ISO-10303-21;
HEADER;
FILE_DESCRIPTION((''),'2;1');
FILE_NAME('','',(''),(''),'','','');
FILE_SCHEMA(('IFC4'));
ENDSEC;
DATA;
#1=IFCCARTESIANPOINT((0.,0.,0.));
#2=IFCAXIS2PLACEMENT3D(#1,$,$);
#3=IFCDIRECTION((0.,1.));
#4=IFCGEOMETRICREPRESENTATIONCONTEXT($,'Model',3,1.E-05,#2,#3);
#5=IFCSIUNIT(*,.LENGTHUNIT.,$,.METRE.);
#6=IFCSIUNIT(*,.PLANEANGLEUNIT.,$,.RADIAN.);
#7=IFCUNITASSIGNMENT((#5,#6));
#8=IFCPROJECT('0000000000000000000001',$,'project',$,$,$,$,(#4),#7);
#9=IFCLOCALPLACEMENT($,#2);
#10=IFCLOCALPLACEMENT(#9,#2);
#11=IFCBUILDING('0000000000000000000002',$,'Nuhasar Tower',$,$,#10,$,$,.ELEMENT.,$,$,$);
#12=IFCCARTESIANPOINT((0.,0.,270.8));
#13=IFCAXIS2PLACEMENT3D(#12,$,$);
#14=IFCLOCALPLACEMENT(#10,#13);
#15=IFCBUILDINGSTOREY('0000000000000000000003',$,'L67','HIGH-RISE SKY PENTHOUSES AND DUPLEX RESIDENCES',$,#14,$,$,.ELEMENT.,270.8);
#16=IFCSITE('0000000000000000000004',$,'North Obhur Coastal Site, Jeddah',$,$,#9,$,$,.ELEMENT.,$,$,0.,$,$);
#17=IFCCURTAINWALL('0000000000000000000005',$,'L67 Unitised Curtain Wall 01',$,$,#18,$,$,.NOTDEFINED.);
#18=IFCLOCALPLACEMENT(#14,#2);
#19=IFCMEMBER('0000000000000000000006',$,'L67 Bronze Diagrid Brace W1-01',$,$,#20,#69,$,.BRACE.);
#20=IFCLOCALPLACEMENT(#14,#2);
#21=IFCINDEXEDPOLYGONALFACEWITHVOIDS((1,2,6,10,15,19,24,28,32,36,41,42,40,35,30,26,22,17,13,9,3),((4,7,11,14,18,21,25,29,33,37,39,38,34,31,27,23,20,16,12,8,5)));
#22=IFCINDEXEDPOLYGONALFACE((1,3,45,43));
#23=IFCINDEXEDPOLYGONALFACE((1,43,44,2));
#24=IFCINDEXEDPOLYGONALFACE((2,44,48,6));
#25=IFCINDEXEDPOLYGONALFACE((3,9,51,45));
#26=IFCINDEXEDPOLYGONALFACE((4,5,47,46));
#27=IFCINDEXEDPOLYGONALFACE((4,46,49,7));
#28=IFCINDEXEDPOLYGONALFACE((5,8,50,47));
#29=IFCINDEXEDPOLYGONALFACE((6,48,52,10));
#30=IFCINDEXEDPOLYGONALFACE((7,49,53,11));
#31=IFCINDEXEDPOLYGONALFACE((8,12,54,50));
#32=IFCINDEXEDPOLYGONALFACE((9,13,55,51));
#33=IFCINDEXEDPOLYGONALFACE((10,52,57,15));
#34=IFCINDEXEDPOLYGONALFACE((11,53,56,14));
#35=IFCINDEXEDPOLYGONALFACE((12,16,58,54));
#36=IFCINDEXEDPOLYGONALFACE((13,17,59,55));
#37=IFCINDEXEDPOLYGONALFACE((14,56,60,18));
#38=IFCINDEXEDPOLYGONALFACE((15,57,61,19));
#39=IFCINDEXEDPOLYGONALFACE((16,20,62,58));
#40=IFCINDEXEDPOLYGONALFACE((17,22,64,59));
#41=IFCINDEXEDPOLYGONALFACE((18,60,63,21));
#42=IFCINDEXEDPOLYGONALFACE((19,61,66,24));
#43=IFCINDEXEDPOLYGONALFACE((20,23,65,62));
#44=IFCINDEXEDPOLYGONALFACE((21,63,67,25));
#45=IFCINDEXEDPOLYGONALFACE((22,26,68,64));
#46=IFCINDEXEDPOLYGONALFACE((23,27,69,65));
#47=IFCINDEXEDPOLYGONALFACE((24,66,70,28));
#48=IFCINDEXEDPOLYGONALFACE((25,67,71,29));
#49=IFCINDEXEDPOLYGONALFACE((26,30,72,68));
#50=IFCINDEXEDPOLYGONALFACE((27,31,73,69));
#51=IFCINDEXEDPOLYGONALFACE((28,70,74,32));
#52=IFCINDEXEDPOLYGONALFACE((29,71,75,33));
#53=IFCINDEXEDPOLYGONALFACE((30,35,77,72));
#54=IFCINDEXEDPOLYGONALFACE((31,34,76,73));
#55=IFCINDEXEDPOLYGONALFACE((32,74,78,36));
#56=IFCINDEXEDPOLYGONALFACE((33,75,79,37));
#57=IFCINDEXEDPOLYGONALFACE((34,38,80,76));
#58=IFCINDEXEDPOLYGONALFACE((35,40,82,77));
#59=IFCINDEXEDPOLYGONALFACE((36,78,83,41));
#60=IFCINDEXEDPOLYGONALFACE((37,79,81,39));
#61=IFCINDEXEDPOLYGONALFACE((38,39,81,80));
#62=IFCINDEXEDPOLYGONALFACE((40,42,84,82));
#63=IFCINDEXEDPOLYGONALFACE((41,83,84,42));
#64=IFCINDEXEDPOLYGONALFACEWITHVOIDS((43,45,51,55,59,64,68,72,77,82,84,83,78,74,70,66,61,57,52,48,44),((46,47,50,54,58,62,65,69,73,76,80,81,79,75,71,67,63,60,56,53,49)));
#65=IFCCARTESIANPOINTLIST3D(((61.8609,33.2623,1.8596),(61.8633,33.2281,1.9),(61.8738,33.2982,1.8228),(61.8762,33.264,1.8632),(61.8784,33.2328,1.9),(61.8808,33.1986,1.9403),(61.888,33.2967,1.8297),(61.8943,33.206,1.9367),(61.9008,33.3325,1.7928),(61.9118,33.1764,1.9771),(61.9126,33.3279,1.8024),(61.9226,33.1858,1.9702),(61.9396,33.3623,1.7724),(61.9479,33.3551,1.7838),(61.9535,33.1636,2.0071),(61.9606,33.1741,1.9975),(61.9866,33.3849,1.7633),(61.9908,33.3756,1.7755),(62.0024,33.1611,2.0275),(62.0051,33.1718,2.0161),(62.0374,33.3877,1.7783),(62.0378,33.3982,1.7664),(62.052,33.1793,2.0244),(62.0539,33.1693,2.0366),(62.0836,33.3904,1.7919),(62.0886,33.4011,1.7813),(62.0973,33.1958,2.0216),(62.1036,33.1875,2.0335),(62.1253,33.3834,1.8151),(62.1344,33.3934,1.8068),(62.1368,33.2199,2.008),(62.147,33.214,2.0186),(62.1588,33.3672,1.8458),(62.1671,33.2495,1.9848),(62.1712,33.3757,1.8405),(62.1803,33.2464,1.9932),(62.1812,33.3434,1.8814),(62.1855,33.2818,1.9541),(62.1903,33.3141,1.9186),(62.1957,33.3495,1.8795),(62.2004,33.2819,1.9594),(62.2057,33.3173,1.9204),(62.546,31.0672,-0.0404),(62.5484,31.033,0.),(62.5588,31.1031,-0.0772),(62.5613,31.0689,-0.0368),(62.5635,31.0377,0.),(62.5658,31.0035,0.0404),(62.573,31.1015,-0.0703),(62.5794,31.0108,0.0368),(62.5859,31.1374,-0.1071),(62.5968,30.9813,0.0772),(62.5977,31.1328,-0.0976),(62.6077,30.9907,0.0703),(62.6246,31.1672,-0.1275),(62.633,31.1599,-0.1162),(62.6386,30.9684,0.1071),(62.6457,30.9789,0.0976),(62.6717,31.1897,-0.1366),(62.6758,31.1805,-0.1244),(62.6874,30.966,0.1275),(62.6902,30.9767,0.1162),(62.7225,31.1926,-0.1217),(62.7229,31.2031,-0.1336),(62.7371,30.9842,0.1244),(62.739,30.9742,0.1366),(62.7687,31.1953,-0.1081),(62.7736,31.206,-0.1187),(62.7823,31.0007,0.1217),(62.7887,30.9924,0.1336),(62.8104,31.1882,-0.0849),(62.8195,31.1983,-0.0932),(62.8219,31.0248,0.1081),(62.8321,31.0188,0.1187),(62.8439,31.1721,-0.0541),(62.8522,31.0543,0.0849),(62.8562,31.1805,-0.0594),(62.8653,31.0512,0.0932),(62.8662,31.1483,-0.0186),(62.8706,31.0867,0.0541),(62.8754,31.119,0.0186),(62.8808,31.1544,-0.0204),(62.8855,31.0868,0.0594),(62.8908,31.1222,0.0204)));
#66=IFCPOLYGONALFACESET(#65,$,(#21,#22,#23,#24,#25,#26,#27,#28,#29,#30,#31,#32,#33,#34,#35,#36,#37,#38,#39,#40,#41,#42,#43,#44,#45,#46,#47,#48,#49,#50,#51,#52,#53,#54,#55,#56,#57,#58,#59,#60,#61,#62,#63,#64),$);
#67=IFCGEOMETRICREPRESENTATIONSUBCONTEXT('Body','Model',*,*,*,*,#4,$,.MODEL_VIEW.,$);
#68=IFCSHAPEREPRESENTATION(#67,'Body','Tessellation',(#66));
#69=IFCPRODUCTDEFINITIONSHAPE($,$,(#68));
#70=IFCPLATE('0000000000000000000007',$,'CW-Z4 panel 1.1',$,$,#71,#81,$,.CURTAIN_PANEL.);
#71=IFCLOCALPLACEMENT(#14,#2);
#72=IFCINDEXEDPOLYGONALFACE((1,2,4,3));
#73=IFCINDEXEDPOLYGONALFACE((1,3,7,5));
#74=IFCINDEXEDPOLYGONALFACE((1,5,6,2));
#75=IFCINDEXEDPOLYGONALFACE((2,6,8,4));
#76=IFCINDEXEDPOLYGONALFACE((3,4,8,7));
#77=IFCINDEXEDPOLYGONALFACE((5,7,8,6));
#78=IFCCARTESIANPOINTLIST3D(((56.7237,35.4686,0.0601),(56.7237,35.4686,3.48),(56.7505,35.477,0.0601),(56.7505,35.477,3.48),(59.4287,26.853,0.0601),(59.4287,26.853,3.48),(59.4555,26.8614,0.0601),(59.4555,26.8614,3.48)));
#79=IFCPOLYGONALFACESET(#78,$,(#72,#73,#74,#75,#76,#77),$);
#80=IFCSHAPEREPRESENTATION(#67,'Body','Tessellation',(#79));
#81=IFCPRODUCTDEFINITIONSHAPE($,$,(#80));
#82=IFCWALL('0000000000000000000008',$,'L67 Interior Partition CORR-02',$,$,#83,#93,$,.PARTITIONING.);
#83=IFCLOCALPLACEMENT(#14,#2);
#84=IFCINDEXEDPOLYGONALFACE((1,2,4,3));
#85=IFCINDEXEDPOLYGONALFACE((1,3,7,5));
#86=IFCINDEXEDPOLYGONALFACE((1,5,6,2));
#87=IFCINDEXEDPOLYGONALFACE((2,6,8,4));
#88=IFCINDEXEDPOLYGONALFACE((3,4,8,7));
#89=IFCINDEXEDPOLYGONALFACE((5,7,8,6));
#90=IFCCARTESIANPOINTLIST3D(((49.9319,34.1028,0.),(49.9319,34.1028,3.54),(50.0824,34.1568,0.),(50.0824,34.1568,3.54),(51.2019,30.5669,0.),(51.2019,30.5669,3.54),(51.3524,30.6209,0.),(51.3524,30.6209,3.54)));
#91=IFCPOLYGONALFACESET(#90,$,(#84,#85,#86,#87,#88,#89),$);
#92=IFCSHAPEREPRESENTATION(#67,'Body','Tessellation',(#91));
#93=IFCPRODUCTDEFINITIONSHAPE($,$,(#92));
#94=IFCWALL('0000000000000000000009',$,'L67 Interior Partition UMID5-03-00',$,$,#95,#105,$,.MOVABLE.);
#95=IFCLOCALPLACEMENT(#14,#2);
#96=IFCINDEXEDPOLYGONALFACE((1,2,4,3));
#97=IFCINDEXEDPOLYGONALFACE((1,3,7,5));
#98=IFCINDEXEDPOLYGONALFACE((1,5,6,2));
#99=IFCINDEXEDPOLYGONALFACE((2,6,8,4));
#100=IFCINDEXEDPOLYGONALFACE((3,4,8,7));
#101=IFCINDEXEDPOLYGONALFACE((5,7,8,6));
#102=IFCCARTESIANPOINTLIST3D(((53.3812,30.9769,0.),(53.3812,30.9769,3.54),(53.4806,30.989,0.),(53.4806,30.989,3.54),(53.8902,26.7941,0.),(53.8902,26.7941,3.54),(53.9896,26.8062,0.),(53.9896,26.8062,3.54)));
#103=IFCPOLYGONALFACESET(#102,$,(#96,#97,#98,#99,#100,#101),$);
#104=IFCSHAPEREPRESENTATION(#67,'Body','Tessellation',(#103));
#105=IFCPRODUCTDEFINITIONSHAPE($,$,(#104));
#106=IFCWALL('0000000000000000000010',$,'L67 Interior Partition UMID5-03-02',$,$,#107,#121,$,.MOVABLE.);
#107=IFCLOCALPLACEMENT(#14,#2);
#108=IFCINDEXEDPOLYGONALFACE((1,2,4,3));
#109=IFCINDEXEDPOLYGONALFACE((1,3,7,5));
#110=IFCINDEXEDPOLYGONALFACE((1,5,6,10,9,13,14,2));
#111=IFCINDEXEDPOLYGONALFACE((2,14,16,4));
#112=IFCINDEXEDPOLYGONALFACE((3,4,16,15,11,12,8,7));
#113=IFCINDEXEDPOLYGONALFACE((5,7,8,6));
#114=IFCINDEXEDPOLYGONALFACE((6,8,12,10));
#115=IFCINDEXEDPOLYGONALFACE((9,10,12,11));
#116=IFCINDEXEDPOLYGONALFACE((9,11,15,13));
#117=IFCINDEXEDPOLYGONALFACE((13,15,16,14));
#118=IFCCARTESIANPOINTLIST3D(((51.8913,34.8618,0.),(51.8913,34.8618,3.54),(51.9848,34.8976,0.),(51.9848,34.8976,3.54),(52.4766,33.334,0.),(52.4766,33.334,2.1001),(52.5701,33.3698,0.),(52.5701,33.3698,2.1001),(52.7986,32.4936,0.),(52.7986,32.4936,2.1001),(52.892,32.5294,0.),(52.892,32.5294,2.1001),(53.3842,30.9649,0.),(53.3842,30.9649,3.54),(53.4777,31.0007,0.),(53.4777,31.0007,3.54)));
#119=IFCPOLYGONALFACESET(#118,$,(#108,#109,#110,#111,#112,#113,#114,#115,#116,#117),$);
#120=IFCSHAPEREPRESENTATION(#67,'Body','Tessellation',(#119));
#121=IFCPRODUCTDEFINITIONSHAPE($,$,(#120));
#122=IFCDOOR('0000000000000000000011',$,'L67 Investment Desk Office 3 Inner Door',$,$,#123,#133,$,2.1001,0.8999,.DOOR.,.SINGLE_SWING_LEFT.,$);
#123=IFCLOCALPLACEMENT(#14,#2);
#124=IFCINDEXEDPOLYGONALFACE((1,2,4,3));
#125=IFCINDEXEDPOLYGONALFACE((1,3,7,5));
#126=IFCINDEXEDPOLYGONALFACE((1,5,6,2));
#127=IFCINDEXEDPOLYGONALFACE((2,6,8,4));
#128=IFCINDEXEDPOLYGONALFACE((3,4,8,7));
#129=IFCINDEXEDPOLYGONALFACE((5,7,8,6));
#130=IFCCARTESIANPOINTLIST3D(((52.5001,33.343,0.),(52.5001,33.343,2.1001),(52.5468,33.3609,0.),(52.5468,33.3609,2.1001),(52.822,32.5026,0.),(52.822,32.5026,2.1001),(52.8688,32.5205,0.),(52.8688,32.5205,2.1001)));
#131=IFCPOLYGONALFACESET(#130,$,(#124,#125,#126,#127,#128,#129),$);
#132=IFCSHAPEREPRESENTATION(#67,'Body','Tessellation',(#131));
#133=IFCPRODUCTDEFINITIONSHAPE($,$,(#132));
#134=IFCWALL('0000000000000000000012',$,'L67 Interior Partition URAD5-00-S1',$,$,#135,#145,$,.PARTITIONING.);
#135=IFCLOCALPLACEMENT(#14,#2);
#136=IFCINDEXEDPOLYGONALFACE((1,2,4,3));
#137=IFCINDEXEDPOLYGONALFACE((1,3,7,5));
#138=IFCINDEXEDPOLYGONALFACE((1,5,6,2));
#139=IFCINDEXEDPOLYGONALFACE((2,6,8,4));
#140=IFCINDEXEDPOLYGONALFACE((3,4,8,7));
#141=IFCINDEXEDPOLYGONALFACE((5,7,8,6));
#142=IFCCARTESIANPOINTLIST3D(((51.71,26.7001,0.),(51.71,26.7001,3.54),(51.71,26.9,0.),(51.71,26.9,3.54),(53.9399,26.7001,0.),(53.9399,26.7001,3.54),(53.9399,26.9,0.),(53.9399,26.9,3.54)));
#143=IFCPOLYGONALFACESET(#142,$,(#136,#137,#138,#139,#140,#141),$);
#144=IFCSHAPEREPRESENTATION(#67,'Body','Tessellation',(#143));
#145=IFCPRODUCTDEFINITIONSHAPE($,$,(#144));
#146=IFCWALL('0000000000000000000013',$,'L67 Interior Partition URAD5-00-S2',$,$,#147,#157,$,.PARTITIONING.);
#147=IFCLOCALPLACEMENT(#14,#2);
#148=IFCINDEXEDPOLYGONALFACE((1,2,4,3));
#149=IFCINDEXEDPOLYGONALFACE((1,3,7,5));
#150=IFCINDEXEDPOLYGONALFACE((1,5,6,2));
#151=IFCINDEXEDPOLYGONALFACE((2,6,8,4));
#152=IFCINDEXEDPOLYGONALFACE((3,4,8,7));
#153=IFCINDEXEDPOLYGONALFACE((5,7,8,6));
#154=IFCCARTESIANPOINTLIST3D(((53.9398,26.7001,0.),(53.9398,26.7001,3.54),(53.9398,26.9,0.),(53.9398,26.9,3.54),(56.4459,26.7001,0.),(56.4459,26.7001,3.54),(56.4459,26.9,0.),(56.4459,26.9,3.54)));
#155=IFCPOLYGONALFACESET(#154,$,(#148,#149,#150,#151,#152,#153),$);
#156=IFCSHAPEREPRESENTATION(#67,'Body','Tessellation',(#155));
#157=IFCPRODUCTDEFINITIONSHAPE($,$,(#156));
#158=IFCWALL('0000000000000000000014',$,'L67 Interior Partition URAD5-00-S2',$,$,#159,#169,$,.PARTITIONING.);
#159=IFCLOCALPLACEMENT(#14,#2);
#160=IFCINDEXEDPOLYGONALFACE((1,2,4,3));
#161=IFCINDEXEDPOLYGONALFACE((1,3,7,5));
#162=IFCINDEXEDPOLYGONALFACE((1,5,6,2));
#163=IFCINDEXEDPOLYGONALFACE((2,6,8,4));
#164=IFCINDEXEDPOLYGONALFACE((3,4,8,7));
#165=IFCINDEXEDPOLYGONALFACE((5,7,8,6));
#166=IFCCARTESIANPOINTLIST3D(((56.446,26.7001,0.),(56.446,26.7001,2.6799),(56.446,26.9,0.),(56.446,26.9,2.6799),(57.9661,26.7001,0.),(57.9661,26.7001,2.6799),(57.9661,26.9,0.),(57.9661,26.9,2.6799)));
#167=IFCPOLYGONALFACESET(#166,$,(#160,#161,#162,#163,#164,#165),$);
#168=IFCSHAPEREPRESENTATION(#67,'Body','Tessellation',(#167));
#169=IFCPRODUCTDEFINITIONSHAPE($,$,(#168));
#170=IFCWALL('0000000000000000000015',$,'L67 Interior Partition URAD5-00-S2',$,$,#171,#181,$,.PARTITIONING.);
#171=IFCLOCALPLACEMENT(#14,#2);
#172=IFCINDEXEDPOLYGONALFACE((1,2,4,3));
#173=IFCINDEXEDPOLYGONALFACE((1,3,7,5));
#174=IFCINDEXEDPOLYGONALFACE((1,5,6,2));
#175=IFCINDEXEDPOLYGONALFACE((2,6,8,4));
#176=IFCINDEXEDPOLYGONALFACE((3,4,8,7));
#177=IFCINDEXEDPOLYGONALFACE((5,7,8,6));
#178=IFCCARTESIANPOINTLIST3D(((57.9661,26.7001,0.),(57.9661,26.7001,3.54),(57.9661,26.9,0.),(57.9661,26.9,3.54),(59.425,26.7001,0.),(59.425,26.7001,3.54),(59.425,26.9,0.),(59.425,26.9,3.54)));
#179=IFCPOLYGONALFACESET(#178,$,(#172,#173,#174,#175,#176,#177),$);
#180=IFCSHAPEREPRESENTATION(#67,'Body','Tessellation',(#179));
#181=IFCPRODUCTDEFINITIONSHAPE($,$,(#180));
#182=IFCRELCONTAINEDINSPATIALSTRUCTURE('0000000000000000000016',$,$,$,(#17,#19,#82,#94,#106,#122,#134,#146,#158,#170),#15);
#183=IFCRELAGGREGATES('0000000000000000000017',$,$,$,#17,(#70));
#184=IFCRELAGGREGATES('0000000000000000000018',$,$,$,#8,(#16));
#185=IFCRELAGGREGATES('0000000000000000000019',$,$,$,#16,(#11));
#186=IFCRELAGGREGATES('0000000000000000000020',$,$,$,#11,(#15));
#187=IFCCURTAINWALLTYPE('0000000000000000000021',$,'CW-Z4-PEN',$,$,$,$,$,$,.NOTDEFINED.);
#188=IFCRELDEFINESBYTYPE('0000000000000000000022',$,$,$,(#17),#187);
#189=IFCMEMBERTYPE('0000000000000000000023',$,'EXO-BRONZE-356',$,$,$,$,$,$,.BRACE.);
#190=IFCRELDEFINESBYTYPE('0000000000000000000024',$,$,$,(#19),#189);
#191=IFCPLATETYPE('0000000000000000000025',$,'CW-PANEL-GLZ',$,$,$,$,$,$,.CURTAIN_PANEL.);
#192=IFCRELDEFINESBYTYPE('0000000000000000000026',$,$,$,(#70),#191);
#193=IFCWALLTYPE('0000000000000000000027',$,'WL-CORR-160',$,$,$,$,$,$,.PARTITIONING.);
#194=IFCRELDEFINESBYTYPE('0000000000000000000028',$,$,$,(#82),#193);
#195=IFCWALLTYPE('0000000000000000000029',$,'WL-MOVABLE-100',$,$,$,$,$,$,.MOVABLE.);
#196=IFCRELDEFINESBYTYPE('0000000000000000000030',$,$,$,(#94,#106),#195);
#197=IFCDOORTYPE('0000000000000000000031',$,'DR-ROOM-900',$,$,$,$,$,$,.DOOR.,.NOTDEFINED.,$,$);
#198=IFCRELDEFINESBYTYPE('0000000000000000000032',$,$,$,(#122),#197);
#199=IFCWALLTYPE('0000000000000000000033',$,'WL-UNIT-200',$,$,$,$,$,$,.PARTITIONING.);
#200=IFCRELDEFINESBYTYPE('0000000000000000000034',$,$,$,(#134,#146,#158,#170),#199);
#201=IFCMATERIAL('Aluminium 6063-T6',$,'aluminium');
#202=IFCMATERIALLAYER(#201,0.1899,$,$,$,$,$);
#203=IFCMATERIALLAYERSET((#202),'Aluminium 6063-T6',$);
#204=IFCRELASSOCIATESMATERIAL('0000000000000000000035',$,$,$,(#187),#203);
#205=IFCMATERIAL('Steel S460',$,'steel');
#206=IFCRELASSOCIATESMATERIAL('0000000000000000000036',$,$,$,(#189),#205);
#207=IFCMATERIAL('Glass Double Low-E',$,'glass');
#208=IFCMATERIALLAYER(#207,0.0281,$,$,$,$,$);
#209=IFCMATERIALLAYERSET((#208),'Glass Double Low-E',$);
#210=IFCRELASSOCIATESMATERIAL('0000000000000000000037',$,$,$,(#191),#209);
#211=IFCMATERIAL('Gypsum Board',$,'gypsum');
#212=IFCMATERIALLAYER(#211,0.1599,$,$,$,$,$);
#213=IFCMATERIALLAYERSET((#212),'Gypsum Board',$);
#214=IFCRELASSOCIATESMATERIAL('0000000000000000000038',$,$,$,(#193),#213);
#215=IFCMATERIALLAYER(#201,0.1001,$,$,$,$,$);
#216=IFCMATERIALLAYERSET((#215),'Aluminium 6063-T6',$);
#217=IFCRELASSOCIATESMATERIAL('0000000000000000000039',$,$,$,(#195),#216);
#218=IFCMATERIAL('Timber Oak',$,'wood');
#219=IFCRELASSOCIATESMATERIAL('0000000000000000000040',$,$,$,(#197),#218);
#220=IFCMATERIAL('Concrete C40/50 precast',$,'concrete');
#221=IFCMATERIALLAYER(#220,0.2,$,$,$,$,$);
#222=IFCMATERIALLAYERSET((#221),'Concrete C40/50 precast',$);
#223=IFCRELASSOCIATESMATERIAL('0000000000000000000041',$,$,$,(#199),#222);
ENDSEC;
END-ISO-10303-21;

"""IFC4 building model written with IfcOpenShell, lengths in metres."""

from ifc_helpers import new_model, si_unit, direction, frame, frame_2d, origin, origin_2d, place, context, subcontext, project, spatial, rectangle, hollow_circle, extrude, material, layer, layer_set, material_profile, profile_set, type_object, element, fill, aggregate, save


model = new_model("IFC4")

# Units and contexts
model_context = context("Model", 3, precision=1e-05, world=origin(), true_north=direction((0.0, 1.0)))
body_context = subcontext(model_context, "Body", "Model", "MODEL_VIEW")
ifc_project = project(units=[si_unit("LENGTHUNIT", "METRE"), si_unit("PLANEANGLEUNIT", "RADIAN")], contexts=[model_context])

# Site, building, storey
site_placement = place(None, origin())
site = spatial("IfcSite", under=ifc_project, at=site_placement, Name="North Obhur Coastal Site, Jeddah", CompositionType="ELEMENT", RefElevation=0.0)
building_placement = place(site_placement, origin())
building = spatial("IfcBuilding", under=site, at=building_placement, Name="Nuhasar Tower", CompositionType="ELEMENT")
storey_placement = place(building_placement, frame((0.0, 0.0, 270.8)))
storey = spatial("IfcBuildingStorey", under=building, at=storey_placement, Name="L67", Description="HIGH-RISE SKY PENTHOUSES AND DUPLEX RESIDENCES", CompositionType="ELEMENT", Elevation=270.8)

# Curtain wall
ifc_material_1 = material(Name="Aluminium 6063-T6", Category="aluminium")
ifc_layer_1 = layer(ifc_material_1, 0.1899)
ifc_layer_set_1 = layer_set([ifc_layer_1], Name="Aluminium 6063-T6")
curtain_wall_type = type_object("IfcCurtainWallType", Name="CW-Z4-PEN", PredefinedType="NOTDEFINED", material=ifc_layer_set_1)
curtain_wall_1_placement = place(storey_placement, origin())
curtain_wall_1 = element("IfcCurtainWall", 1, at=curtain_wall_1_placement, inside=storey, type_object=curtain_wall_type, Name="L67 Unitised Curtain Wall 01", PredefinedType="NOTDEFINED")

# Member
ifc_material_2 = material(Name="Steel S460", Category="steel")
ifc_material_profile_1 = material_profile(ifc_material_2, hollow_circle(Radius=0.1777, WallThickness=0.0159, at=origin_2d()), Name="HSS355.6X15.9")
ifc_profile_set_1 = profile_set([ifc_material_profile_1], Name="Steel S460")
member_type_1 = type_object("IfcMemberType", Name="EXO-BRONZE-356", PredefinedType="BRACE", material=ifc_profile_set_1)
member_1_placement = place(storey_placement, frame((62.718, 31.0859, 0.0), z_axis=(-0.229668, 0.735902, 0.636947), x_axis=(-0.954591, -0.297918, 0.0)))
element("IfcMember", 2, at=member_1_placement, inside=storey, type_object=member_type_1, Name="L67 Bronze Diagrid Brace W1-01", PredefinedType="BRACE", context=body_context, shape_type="SweptSolid", body=[
    extrude(hollow_circle(Radius=0.1777, WallThickness=0.0159, at=origin_2d()), origin(), (0.0, 0.0, 1.0), 2.9829),
])

# Plate
ifc_material_3 = material(Name="Glass Double Low-E", Category="glass")
ifc_layer_2 = layer(ifc_material_3, 0.0281)
ifc_layer_set_2 = layer_set([ifc_layer_2], Name="Glass Double Low-E")
plate_type = type_object("IfcPlateType", Name="CW-PANEL-GLZ", PredefinedType="CURTAIN_PANEL", material=ifc_layer_set_2)
plate_placement = place(storey_placement, frame((58.0896, 31.165, 0.0601), z_axis=(0.0, 0.0, 1.0), x_axis=(-0.299557, 0.954079, 0.0)))
plate = element("IfcPlate", 3, at=plate_placement, type_object=plate_type, Name="CW-Z4 panel 1.1", PredefinedType="CURTAIN_PANEL", context=body_context, shape_type="SweptSolid", body=[
    extrude(rectangle(XDim=9.0303, YDim=0.0281, at=origin_2d()), origin(), (0.0, 0.0, 1.0), 3.4199),
])
aggregate(curtain_wall_1, [plate])

# Shared definitions
ifc_material_4 = material(Name="Gypsum Board", Category="gypsum")
ifc_layer_3 = layer(ifc_material_4, 0.1599)
ifc_layer_set_3 = layer_set([ifc_layer_3], Name="Gypsum Board")
wall_type_1 = type_object("IfcWallType", Name="WL-CORR-160", PredefinedType="PARTITIONING", material=ifc_layer_set_3)
ifc_material_5 = material(Name="Timber Oak", Category="wood")

# Walls
wall_1_placement = place(storey_placement, frame((51.2771, 30.594, 0.0), z_axis=(0.0, 0.0, 1.0), x_axis=(-0.338036, 0.941133, 0.0)))
element("IfcWall", 4, at=wall_1_placement, inside=storey, type_object=wall_type_1, Name="L67 Interior Partition CORR-02", PredefinedType="PARTITIONING", context=body_context, shape_type="SweptSolid", body=[
    extrude(rectangle(XDim=3.7571, YDim=0.1599, at=frame_2d((1.8784, 0.0))), origin(), (0.0, 0.0, 1.0), 3.54),
])
ifc_layer_4 = layer(ifc_material_1, 0.1001)
ifc_layer_set_4 = layer_set([ifc_layer_4], Name="Aluminium 6063-T6")
wall_type_2 = type_object("IfcWallType", Name="WL-MOVABLE-100", PredefinedType="MOVABLE", material=ifc_layer_set_4)
wall_2_placement = place(storey_placement, frame((53.9399, 26.8, 0.0), z_axis=(0.0, 0.0, 1.0), x_axis=(-0.120804, 0.992676, 0.0)))
element("IfcWall", 5, at=wall_2_placement, inside=storey, type_object=wall_type_2, Name="L67 Interior Partition UMID5-03-00", PredefinedType="MOVABLE", context=body_context, shape_type="SweptSolid", body=[
    extrude(rectangle(XDim=4.2136, YDim=0.1001, at=frame_2d((2.1069, 0.0))), origin(), (0.0, 0.0, 1.0), 3.54),
])

# Wall, opening, door
wall_3_placement = place(storey_placement, frame((53.4309, 30.9829, 0.0), z_axis=(0.0, 0.0, 1.0), x_axis=(-0.357744, 0.93382, 0.0)))
wall_3 = element("IfcWall", 6, at=wall_3_placement, inside=storey, type_object=wall_type_2, Name="L67 Interior Partition UMID5-03-02", PredefinedType="MOVABLE", context=body_context, shape_type="SweptSolid", body=[
    extrude(rectangle(XDim=4.1731, YDim=0.1001, at=frame_2d((2.0864, 0.0))), origin(), (0.0, 0.0, 1.0), 3.54),
])
opening_1_placement = place(wall_3_placement, frame((1.637, 0.0, 0.0)))
opening_1 = element("IfcOpeningElement", 7, at=opening_1_placement, cuts=wall_3, PredefinedType="OPENING", context=body_context, shape_type="SweptSolid", body=[
    extrude(rectangle(XDim=0.8999, YDim=2.1001, at=frame_2d((0.45, 1.05))), frame((0.0, 0.0601, 0.0), z_axis=(0.0, -1.0, 0.0), x_axis=(1.0, 0.0, 0.0)), (0.0, 0.0, 1.0), 0.1201),
])
door_type_1 = type_object("IfcDoorType", Name="DR-ROOM-900", OperationType="NOTDEFINED", PredefinedType="DOOR", material=ifc_material_5)
door_1_placement = place(opening_1_placement, origin())
door_1 = element("IfcDoor", 8, at=door_1_placement, inside=storey, type_object=door_type_1, Name="L67 Investment Desk Office 3 Inner Door", OperationType="SINGLE_SWING_LEFT", OverallHeight=2.1001, OverallWidth=0.8999, PredefinedType="DOOR", context=body_context, shape_type="SweptSolid", body=[
    extrude(rectangle(XDim=0.8999, YDim=2.1001, at=frame_2d((0.45, 1.05))), frame((0.0, 0.0249, 0.0), z_axis=(0.0, -1.0, 0.0), x_axis=(1.0, 0.0, 0.0)), (0.0, 0.0, 1.0), 0.05),
])
fill(opening_1, door_1)

# Walls
ifc_material_6 = material(Name="Concrete C40/50 precast", Category="concrete")
ifc_layer_5 = layer(ifc_material_6, 0.2)
ifc_layer_set_5 = layer_set([ifc_layer_5], Name="Concrete C40/50 precast")
wall_type_3 = type_object("IfcWallType", Name="WL-UNIT-200", PredefinedType="PARTITIONING", material=ifc_layer_set_5)
wall_4_placement = place(storey_placement, frame((51.71, 26.8, 0.0), z_axis=(0.0, 0.0, 1.0), x_axis=(1.0, 0.0, 0.0)))
element("IfcWall", 9, at=wall_4_placement, inside=storey, type_object=wall_type_3, Name="L67 Interior Partition URAD5-00-S1", PredefinedType="PARTITIONING", context=body_context, shape_type="SweptSolid", body=[
    extrude(rectangle(XDim=2.23, YDim=0.2, at=frame_2d((1.115, 0.0))), origin(), (0.0, 0.0, 1.0), 3.54),
])
wall_5_placement = place(storey_placement, frame((53.9399, 26.8, 0.0), z_axis=(0.0, 0.0, 1.0), x_axis=(1.0, 0.0, 0.0)))
element("IfcWall", 10, at=wall_5_placement, inside=storey, type_object=wall_type_3, Name="L67 Interior Partition URAD5-00-S2", PredefinedType="PARTITIONING", context=body_context, shape_type="SweptSolid", body=[
    extrude(rectangle(XDim=2.5061, YDim=0.2, at=frame_2d((1.2529, 0.0))), origin(), (0.0, 0.0, 1.0), 3.54),
])
wall_6_placement = place(storey_placement, frame((56.446, 26.8, 0.0), z_axis=(0.0, 0.0, 1.0), x_axis=(1.0, 0.0, 0.0)))
element("IfcWall", 11, at=wall_6_placement, inside=storey, type_object=wall_type_3, Name="L67 Interior Partition URAD5-00-S2", PredefinedType="PARTITIONING", context=body_context, shape_type="SweptSolid", body=[
    extrude(rectangle(XDim=1.52, YDim=0.2, at=frame_2d((0.76, 0.0))), origin(), (0.0, 0.0, 1.0), 2.6799),
])
wall_7_placement = place(storey_placement, frame((57.9661, 26.8, 0.0), z_axis=(0.0, 0.0, 1.0), x_axis=(1.0, 0.0, 0.0)))
element("IfcWall", 12, at=wall_7_placement, inside=storey, type_object=wall_type_3, Name="L67 Interior Partition URAD5-00-S2", PredefinedType="PARTITIONING", context=body_context, shape_type="SweptSolid", body=[
    extrude(rectangle(XDim=1.459, YDim=0.2, at=frame_2d((0.7295, 0.0))), origin(), (0.0, 0.0, 1.0), 3.54),
])

save(model, "model.ifc")
